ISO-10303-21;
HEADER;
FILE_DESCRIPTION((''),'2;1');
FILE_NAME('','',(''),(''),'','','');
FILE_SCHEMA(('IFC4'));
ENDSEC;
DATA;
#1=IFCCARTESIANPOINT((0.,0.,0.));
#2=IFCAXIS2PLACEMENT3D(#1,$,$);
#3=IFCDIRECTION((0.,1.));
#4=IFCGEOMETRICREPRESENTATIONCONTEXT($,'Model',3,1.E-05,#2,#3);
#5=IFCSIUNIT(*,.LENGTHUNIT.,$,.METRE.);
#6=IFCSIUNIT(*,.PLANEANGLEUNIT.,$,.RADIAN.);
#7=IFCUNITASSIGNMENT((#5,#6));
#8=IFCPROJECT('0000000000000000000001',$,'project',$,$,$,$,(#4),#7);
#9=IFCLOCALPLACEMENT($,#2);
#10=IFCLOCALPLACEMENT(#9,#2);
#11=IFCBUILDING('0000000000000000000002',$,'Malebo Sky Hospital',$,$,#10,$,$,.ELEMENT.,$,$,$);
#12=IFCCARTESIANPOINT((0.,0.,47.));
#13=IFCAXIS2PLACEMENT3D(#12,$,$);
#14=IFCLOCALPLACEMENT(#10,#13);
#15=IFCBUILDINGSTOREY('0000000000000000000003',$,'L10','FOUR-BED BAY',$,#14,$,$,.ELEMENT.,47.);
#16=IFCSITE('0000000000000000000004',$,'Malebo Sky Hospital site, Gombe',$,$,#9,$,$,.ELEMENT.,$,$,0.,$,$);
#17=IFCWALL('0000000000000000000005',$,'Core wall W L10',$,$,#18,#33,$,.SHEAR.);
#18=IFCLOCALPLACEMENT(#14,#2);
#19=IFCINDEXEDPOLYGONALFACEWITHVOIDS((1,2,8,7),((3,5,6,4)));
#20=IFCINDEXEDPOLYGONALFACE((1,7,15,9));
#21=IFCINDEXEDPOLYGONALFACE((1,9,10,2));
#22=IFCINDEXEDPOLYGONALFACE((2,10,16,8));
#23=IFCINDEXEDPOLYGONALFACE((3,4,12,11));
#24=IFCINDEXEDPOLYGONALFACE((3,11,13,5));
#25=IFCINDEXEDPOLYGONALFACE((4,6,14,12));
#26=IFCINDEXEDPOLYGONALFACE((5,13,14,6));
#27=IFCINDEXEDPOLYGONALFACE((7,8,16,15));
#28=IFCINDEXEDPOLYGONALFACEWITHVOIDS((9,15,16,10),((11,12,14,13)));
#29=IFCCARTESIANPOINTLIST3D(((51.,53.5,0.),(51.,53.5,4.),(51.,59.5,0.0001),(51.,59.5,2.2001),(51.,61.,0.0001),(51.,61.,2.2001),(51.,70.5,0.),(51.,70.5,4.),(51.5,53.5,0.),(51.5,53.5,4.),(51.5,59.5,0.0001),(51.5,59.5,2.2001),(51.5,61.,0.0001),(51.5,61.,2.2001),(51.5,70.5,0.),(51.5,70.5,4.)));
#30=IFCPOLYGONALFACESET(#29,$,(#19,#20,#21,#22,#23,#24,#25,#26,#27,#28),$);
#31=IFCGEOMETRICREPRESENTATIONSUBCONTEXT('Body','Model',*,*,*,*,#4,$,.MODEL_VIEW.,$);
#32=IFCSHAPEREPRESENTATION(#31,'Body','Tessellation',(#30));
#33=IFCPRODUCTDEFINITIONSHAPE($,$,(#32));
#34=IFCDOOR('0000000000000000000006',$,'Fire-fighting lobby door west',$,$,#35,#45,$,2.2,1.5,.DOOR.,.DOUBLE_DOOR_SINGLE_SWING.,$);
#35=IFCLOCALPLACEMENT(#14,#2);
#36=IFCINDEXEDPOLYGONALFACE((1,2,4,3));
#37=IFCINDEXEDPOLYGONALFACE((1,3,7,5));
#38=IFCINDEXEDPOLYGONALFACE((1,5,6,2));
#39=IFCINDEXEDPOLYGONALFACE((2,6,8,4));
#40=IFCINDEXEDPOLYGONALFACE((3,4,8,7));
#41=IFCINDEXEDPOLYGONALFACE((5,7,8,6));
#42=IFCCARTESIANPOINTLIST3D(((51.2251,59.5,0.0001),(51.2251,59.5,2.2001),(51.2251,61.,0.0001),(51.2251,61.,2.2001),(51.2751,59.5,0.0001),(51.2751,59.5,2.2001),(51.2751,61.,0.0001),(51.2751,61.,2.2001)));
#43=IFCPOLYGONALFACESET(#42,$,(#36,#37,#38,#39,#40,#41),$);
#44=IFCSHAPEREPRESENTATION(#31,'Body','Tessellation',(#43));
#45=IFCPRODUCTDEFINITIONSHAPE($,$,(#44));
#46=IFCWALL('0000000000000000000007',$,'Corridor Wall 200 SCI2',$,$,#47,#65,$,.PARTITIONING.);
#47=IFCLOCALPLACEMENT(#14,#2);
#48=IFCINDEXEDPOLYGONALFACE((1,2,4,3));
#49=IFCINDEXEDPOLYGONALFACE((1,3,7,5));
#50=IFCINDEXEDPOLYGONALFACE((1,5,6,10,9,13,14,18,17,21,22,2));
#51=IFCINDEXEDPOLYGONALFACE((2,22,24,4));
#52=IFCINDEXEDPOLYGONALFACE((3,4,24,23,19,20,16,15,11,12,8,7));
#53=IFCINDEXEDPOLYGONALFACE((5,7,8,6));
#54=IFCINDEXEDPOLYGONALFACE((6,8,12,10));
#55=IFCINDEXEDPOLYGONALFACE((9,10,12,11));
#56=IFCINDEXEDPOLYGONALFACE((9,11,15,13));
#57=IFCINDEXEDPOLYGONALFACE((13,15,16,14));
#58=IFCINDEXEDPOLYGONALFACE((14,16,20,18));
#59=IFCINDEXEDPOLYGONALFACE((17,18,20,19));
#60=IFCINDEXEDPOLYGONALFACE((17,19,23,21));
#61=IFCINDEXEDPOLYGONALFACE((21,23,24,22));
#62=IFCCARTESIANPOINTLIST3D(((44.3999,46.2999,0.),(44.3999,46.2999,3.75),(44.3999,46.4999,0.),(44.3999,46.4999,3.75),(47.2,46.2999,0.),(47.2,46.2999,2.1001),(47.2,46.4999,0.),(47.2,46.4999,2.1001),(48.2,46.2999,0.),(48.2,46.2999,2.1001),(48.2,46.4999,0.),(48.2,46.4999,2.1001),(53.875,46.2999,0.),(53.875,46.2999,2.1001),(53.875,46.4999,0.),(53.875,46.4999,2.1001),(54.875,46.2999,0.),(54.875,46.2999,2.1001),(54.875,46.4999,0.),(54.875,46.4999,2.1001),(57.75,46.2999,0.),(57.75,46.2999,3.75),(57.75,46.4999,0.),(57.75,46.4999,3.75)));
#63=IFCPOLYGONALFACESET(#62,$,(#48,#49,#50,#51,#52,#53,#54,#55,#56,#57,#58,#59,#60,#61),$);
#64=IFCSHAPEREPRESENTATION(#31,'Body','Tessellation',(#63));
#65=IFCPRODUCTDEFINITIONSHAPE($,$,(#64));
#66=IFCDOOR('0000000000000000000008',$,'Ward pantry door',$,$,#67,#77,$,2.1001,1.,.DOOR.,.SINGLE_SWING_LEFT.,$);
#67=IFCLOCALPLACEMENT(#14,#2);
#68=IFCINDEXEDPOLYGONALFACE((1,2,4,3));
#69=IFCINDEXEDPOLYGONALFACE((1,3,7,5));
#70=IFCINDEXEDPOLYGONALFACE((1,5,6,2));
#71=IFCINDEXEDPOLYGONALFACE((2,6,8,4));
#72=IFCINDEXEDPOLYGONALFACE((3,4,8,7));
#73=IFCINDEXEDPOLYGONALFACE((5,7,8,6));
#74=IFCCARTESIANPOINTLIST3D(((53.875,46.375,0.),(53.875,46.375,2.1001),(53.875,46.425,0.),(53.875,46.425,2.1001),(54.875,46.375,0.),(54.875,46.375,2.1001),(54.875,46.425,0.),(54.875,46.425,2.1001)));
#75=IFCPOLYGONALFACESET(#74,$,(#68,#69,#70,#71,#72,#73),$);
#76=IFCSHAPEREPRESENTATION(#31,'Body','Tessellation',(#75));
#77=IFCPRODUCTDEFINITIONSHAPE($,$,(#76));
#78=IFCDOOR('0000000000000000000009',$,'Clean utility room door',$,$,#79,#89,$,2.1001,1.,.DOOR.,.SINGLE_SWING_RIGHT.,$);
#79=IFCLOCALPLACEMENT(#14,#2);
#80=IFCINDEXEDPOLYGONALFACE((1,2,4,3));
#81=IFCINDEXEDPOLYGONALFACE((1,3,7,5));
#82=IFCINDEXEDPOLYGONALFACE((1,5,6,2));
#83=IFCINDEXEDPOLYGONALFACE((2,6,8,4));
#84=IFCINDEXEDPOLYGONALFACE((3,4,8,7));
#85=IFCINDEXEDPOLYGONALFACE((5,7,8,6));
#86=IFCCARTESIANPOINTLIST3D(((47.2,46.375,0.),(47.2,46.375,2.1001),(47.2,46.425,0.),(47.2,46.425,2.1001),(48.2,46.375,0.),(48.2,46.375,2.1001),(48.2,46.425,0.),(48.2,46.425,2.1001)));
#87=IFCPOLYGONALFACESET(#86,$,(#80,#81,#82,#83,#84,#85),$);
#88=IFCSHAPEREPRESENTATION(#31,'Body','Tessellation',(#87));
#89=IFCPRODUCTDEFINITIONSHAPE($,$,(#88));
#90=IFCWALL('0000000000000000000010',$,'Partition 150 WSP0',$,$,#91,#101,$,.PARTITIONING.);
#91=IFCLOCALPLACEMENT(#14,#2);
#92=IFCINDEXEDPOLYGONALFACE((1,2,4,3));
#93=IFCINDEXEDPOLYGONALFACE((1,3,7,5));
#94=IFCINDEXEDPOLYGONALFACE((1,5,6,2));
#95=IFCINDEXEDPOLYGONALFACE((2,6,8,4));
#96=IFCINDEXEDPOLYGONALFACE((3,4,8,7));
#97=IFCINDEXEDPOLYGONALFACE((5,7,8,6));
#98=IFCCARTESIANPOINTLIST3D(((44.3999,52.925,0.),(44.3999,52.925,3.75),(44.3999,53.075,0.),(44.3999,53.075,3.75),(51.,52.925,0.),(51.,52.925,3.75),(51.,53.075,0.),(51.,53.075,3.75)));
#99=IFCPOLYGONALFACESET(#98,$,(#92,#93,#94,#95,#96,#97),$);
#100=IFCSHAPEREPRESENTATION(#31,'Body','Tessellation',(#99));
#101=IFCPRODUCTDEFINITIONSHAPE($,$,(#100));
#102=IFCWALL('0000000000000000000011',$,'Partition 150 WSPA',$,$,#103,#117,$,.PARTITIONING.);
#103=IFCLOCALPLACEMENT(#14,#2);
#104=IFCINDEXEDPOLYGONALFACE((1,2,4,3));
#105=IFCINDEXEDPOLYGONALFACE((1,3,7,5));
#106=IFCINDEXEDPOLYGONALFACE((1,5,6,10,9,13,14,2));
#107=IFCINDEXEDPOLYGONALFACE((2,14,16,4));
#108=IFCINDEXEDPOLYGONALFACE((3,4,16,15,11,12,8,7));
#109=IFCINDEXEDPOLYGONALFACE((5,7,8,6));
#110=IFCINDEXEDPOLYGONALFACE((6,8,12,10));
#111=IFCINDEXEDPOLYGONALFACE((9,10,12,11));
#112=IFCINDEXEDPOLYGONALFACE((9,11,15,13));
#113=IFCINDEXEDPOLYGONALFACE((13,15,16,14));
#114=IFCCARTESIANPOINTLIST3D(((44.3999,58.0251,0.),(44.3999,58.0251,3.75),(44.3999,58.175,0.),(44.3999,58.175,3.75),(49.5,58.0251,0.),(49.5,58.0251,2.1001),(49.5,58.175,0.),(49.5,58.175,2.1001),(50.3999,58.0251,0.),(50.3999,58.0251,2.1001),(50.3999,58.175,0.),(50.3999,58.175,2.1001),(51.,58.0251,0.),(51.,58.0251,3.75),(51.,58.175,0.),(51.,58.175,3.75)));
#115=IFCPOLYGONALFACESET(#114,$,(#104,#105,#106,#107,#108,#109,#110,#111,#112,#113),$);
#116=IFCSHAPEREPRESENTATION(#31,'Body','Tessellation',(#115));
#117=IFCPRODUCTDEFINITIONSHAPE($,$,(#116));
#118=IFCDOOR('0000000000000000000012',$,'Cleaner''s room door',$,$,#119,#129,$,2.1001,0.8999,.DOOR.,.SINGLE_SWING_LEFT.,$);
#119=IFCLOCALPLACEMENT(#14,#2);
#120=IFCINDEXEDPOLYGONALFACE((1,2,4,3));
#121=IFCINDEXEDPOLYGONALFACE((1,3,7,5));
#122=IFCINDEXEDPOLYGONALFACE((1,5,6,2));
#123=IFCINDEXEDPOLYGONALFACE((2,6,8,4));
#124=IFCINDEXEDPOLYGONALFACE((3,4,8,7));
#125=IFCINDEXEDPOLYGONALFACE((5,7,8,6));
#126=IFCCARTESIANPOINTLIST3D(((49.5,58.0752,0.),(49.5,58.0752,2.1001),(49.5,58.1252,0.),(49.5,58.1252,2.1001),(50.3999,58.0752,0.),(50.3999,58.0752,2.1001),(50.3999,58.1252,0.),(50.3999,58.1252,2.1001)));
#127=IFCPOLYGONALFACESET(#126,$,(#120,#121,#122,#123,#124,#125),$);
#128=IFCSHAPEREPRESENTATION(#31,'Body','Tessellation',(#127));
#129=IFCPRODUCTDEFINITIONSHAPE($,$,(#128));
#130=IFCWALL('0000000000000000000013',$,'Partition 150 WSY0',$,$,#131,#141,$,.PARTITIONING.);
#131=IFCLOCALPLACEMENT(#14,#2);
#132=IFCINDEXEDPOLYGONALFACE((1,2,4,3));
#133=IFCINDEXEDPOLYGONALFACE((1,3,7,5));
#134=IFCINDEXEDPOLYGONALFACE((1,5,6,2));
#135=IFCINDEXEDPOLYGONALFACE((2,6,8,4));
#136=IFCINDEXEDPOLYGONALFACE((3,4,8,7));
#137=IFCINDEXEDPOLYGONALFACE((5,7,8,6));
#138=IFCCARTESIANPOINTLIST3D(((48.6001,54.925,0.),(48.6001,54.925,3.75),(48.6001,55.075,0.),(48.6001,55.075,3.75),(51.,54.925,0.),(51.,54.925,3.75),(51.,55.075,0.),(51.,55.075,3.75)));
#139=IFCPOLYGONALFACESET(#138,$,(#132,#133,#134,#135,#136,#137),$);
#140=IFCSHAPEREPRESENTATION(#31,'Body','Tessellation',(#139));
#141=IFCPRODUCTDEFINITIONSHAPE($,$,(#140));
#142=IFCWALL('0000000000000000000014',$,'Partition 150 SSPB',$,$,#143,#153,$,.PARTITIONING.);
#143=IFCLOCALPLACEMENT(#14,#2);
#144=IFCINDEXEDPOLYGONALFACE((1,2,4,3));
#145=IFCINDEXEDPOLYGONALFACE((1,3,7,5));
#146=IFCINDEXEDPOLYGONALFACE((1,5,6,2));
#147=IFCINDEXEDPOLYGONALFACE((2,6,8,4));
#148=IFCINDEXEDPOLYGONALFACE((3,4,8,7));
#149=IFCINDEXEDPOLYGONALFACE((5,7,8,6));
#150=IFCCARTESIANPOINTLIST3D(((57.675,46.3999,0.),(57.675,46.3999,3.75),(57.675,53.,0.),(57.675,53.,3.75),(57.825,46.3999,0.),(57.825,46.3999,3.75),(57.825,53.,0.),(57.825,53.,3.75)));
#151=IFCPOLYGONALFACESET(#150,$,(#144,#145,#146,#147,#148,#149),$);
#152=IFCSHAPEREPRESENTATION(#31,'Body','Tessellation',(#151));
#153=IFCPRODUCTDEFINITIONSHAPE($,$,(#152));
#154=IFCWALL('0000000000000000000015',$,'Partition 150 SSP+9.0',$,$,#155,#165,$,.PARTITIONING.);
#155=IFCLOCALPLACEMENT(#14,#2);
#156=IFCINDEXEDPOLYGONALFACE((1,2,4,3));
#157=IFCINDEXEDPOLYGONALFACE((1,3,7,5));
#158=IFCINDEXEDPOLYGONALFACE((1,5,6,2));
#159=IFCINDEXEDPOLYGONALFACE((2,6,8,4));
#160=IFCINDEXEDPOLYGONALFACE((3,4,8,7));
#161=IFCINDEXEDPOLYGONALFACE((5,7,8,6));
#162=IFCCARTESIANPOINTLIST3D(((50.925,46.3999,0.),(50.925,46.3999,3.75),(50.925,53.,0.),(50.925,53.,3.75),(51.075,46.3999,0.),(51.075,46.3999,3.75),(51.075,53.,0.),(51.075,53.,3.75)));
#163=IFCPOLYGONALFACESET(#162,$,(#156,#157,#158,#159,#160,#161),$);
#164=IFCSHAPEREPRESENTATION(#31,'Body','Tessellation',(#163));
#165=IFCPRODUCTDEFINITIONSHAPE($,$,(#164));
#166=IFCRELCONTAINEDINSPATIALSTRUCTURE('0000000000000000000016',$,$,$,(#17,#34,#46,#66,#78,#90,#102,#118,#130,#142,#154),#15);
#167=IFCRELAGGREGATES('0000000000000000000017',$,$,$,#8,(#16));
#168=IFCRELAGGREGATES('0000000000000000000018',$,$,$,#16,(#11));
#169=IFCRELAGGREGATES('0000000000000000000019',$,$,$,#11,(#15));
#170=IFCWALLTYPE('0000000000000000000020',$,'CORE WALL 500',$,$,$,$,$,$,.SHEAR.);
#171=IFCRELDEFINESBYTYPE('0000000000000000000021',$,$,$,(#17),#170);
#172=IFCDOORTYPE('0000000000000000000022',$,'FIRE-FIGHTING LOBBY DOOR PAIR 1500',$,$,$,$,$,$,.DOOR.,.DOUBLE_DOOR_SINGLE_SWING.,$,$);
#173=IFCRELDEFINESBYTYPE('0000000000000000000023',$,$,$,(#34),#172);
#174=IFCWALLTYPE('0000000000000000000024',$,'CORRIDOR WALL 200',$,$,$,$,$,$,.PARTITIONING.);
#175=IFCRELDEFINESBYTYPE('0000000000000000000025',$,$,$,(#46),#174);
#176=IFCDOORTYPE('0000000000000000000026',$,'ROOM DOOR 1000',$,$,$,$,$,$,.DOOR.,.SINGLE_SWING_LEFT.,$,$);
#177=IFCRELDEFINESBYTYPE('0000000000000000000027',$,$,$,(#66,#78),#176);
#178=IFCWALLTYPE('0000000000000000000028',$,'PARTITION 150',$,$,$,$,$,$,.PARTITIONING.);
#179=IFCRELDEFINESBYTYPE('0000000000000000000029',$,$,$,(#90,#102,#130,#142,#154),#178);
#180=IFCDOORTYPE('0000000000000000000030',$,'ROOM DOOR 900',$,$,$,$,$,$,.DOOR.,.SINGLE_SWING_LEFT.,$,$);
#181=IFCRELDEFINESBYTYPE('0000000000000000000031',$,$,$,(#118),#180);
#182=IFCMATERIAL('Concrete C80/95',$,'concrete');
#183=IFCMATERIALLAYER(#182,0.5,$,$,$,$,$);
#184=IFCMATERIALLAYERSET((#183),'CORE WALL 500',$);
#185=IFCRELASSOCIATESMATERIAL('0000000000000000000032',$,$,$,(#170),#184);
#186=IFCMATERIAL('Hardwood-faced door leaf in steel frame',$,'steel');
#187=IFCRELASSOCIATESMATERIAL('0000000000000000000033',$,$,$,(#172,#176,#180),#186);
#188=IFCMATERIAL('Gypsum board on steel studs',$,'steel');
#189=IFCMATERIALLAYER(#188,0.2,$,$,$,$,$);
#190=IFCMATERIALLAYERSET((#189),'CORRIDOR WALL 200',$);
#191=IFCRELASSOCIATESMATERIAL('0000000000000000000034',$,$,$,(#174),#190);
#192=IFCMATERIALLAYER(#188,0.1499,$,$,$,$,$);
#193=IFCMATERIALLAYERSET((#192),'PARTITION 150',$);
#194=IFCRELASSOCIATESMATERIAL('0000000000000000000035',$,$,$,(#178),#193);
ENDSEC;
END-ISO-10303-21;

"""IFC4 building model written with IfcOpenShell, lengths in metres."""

from ifc_helpers import new_model, si_unit, direction, frame, frame_2d, origin, place, context, subcontext, project, spatial, rectangle, extrude, material, layer, layer_set, type_object, element, fill, save


model = new_model("IFC4")

# Units and contexts
model_context = context("Model", 3, precision=1e-05, world=origin(), true_north=direction((0.0, 1.0)))
body_context = subcontext(model_context, "Body", "Model", "MODEL_VIEW")
ifc_project = project(units=[si_unit("LENGTHUNIT", "METRE"), si_unit("PLANEANGLEUNIT", "RADIAN")], contexts=[model_context])

# Site, building, storey
site_placement = place(None, origin())
site = spatial("IfcSite", under=ifc_project, at=site_placement, Name="Malebo Sky Hospital site, Gombe", CompositionType="ELEMENT", RefElevation=0.0)
building_placement = place(site_placement, origin())
building = spatial("IfcBuilding", under=site, at=building_placement, Name="Malebo Sky Hospital", CompositionType="ELEMENT")
storey_placement = place(building_placement, frame((0.0, 0.0, 47.0)))
storey = spatial("IfcBuildingStorey", under=building, at=storey_placement, Name="L10", Description="FOUR-BED BAY", CompositionType="ELEMENT", Elevation=47.0)

# Shared definitions
ifc_material_1 = material(Name="Concrete C80/95", Category="concrete")

# Wall, opening, door
ifc_layer_1 = layer(ifc_material_1, 0.5)
ifc_layer_set_1 = layer_set([ifc_layer_1], Name="CORE WALL 500")
wall_type_1 = type_object("IfcWallType", Name="CORE WALL 500", PredefinedType="SHEAR", material=ifc_layer_set_1)
ifc_material_2 = material(Name="Hardwood-faced door leaf in steel frame", Category="steel")
wall_1_placement = place(storey_placement, frame((51.25, 53.5, 0.0), z_axis=(0.0, 0.0, 1.0), x_axis=(0.0, 1.0, 0.0)))
wall_1 = element("IfcWall", 1, at=wall_1_placement, inside=storey, type_object=wall_type_1, Name="Core wall W L10", PredefinedType="SHEAR", context=body_context, shape_type="SweptSolid", body=[
    extrude(rectangle(XDim=17.0, YDim=0.5, at=frame_2d((8.5, 0.0))), origin(), (0.0, 0.0, 1.0), 4.0),
])
opening_1_placement = place(wall_1_placement, frame((6.0, 0.0, 0.0)))
opening_1 = element("IfcOpeningElement", 2, at=opening_1_placement, cuts=wall_1, PredefinedType="OPENING", context=body_context, shape_type="SweptSolid", body=[
    extrude(rectangle(XDim=1.5, YDim=2.2, at=frame_2d((0.75, 1.1001))), frame((0.0, 0.26, 0.0), z_axis=(0.0, -1.0, 0.0), x_axis=(1.0, 0.0, 0.0)), (0.0, 0.0, 1.0), 0.52),
])
door_type_1 = type_object("IfcDoorType", Name="FIRE-FIGHTING LOBBY DOOR PAIR 1500", OperationType="DOUBLE_DOOR_SINGLE_SWING", PredefinedType="DOOR", material=ifc_material_2)
door_1_placement = place(opening_1_placement, origin())
door_1 = element("IfcDoor", 3, at=door_1_placement, inside=storey, type_object=door_type_1, Name="Fire-fighting lobby door west", OperationType="DOUBLE_DOOR_SINGLE_SWING", OverallHeight=2.2, OverallWidth=1.5, PredefinedType="DOOR", context=body_context, shape_type="SweptSolid", body=[
    extrude(rectangle(XDim=1.5, YDim=2.2, at=frame_2d((0.75, 1.1001))), frame((0.0, 0.0249, 0.0), z_axis=(0.0, -1.0, 0.0), x_axis=(1.0, 0.0, 0.0)), (0.0, 0.0, 1.0), 0.05),
])
fill(opening_1, door_1)

# Wall, openings, doors
ifc_material_3 = material(Name="Gypsum board on steel studs", Category="steel")
ifc_layer_2 = layer(ifc_material_3, 0.2)
ifc_layer_set_2 = layer_set([ifc_layer_2], Name="CORRIDOR WALL 200")
wall_type_2 = type_object("IfcWallType", Name="CORRIDOR WALL 200", PredefinedType="PARTITIONING", material=ifc_layer_set_2)
wall_2_placement = place(storey_placement, frame((57.75, 46.3999, 0.0), z_axis=(0.0, 0.0, 1.0), x_axis=(-1.0, 0.0, 0.0)))
wall_2 = element("IfcWall", 4, at=wall_2_placement, inside=storey, type_object=wall_type_2, Name="Corridor Wall 200 SCI2", PredefinedType="PARTITIONING", context=body_context, shape_type="SweptSolid", body=[
    extrude(rectangle(XDim=13.3501, YDim=0.2, at=frame_2d((6.675, 0.0))), origin(), (0.0, 0.0, 1.0), 3.75),
])
opening_2_placement = place(wall_2_placement, frame((2.875, 0.0, 0.0)))
opening_2 = element("IfcOpeningElement", 5, at=opening_2_placement, cuts=wall_2, PredefinedType="OPENING", context=body_context, shape_type="SweptSolid", body=[
    extrude(rectangle(XDim=1.0, YDim=2.1001, at=frame_2d((0.5, 1.05))), frame((0.0, 0.1099, 0.0), z_axis=(0.0, -1.0, 0.0), x_axis=(1.0, 0.0, 0.0)), (0.0, 0.0, 1.0), 0.22),
])
opening_3_placement = place(wall_2_placement, frame((9.55, 0.0, 0.0)))
opening_3 = element("IfcOpeningElement", 6, at=opening_3_placement, cuts=wall_2, PredefinedType="OPENING", context=body_context, shape_type="SweptSolid", body=[
    extrude(rectangle(XDim=1.0, YDim=2.1001, at=frame_2d((0.5, 1.05))), frame((0.0, 0.1099, 0.0), z_axis=(0.0, -1.0, 0.0), x_axis=(1.0, 0.0, 0.0)), (0.0, 0.0, 1.0), 0.22),
])
door_type_2 = type_object("IfcDoorType", Name="ROOM DOOR 1000", OperationType="SINGLE_SWING_LEFT", PredefinedType="DOOR", material=ifc_material_2)
door_2_placement = place(opening_2_placement, origin())
door_2 = element("IfcDoor", 7, at=door_2_placement, inside=storey, type_object=door_type_2, Name="Ward pantry door", OperationType="SINGLE_SWING_LEFT", OverallHeight=2.1001, OverallWidth=1.0, PredefinedType="DOOR", context=body_context, shape_type="SweptSolid", body=[
    extrude(rectangle(XDim=1.0, YDim=2.1001, at=frame_2d((0.5, 1.05))), frame((0.0, 0.0249, 0.0), z_axis=(0.0, -1.0, 0.0), x_axis=(1.0, 0.0, 0.0)), (0.0, 0.0, 1.0), 0.05),
])
fill(opening_2, door_2)
door_3_placement = place(opening_3_placement, origin())
door_3 = element("IfcDoor", 8, at=door_3_placement, inside=storey, type_object=door_type_2, Name="Clean utility room door", OperationType="SINGLE_SWING_RIGHT", OverallHeight=2.1001, OverallWidth=1.0, PredefinedType="DOOR", context=body_context, shape_type="SweptSolid", body=[
    extrude(rectangle(XDim=1.0, YDim=2.1001, at=frame_2d((0.5, 1.05))), frame((0.0, 0.0249, 0.0), z_axis=(0.0, -1.0, 0.0), x_axis=(1.0, 0.0, 0.0)), (0.0, 0.0, 1.0), 0.05),
])
fill(opening_3, door_3)

# Wall
ifc_layer_3 = layer(ifc_material_3, 0.1499)
ifc_layer_set_3 = layer_set([ifc_layer_3], Name="PARTITION 150")
wall_type_3 = type_object("IfcWallType", Name="PARTITION 150", PredefinedType="PARTITIONING", material=ifc_layer_set_3)
wall_3_placement = place(storey_placement, frame((51.0, 53.0, 0.0), z_axis=(0.0, 0.0, 1.0), x_axis=(-1.0, 0.0, 0.0)))
element("IfcWall", 9, at=wall_3_placement, inside=storey, type_object=wall_type_3, Name="Partition 150 WSP0", PredefinedType="PARTITIONING", context=body_context, shape_type="SweptSolid", body=[
    extrude(rectangle(XDim=6.6001, YDim=0.1499, at=frame_2d((3.3, 0.0))), origin(), (0.0, 0.0, 1.0), 3.75),
])

# Wall, opening, door
wall_4_placement = place(storey_placement, frame((51.0, 58.1001, 0.0), z_axis=(0.0, 0.0, 1.0), x_axis=(-1.0, 0.0, 0.0)))
wall_4 = element("IfcWall", 10, at=wall_4_placement, inside=storey, type_object=wall_type_3, Name="Partition 150 WSPA", PredefinedType="PARTITIONING", context=body_context, shape_type="SweptSolid", body=[
    extrude(rectangle(XDim=6.6001, YDim=0.1499, at=frame_2d((3.3, 0.0))), origin(), (0.0, 0.0, 1.0), 3.75),
])
opening_4_placement = place(wall_4_placement, frame((0.6001, 0.0, 0.0)))
opening_4 = element("IfcOpeningElement", 11, at=opening_4_placement, cuts=wall_4, PredefinedType="OPENING", context=body_context, shape_type="SweptSolid", body=[
    extrude(rectangle(XDim=0.8999, YDim=2.1001, at=frame_2d((0.45, 1.05))), frame((0.0, 0.085, 0.0), z_axis=(0.0, -1.0, 0.0), x_axis=(1.0, 0.0, 0.0)), (0.0, 0.0, 1.0), 0.1699),
])
door_type_3 = type_object("IfcDoorType", Name="ROOM DOOR 900", OperationType="SINGLE_SWING_LEFT", PredefinedType="DOOR", material=ifc_material_2)
door_4_placement = place(opening_4_placement, origin())
door_4 = element("IfcDoor", 12, at=door_4_placement, inside=storey, type_object=door_type_3, Name="Cleaner's room door", OperationType="SINGLE_SWING_LEFT", OverallHeight=2.1001, OverallWidth=0.8999, PredefinedType="DOOR", context=body_context, shape_type="SweptSolid", body=[
    extrude(rectangle(XDim=0.8999, YDim=2.1001, at=frame_2d((0.45, 1.05))), frame((0.0, 0.0249, 0.0), z_axis=(0.0, -1.0, 0.0), x_axis=(1.0, 0.0, 0.0)), (0.0, 0.0, 1.0), 0.05),
])
fill(opening_4, door_4)

# Walls
wall_5_placement = place(storey_placement, frame((51.0, 55.0, 0.0), z_axis=(0.0, 0.0, 1.0), x_axis=(-1.0, 0.0, 0.0)))
element("IfcWall", 13, at=wall_5_placement, inside=storey, type_object=wall_type_3, Name="Partition 150 WSY0", PredefinedType="PARTITIONING", context=body_context, shape_type="SweptSolid", body=[
    extrude(rectangle(XDim=2.3999, YDim=0.1499, at=frame_2d((1.2, 0.0))), origin(), (0.0, 0.0, 1.0), 3.75),
])
for number, where, z_axis, x_axis, name in (
    (14, (57.75, 53.0, 0.0), (0.0, 0.0, 1.0), (0.0, -1.0, 0.0), "Partition 150 SSPB"),
    (15, (51.0, 53.0, 0.0), (0.0, 0.0, 1.0), (0.0, -1.0, 0.0), "Partition 150 SSP+9.0"),
):
    element("IfcWall", number, at=place(storey_placement, frame(where, z_axis=z_axis, x_axis=x_axis)), inside=storey, type_object=wall_type_3, Name=name, PredefinedType="PARTITIONING", context=body_context, shape_type="SweptSolid", body=[
        extrude(rectangle(XDim=6.6001, YDim=0.1499, at=frame_2d((3.3, 0.0))), origin(), (0.0, 0.0, 1.0), 3.75),
    ])

save(model, "model.ifc")
